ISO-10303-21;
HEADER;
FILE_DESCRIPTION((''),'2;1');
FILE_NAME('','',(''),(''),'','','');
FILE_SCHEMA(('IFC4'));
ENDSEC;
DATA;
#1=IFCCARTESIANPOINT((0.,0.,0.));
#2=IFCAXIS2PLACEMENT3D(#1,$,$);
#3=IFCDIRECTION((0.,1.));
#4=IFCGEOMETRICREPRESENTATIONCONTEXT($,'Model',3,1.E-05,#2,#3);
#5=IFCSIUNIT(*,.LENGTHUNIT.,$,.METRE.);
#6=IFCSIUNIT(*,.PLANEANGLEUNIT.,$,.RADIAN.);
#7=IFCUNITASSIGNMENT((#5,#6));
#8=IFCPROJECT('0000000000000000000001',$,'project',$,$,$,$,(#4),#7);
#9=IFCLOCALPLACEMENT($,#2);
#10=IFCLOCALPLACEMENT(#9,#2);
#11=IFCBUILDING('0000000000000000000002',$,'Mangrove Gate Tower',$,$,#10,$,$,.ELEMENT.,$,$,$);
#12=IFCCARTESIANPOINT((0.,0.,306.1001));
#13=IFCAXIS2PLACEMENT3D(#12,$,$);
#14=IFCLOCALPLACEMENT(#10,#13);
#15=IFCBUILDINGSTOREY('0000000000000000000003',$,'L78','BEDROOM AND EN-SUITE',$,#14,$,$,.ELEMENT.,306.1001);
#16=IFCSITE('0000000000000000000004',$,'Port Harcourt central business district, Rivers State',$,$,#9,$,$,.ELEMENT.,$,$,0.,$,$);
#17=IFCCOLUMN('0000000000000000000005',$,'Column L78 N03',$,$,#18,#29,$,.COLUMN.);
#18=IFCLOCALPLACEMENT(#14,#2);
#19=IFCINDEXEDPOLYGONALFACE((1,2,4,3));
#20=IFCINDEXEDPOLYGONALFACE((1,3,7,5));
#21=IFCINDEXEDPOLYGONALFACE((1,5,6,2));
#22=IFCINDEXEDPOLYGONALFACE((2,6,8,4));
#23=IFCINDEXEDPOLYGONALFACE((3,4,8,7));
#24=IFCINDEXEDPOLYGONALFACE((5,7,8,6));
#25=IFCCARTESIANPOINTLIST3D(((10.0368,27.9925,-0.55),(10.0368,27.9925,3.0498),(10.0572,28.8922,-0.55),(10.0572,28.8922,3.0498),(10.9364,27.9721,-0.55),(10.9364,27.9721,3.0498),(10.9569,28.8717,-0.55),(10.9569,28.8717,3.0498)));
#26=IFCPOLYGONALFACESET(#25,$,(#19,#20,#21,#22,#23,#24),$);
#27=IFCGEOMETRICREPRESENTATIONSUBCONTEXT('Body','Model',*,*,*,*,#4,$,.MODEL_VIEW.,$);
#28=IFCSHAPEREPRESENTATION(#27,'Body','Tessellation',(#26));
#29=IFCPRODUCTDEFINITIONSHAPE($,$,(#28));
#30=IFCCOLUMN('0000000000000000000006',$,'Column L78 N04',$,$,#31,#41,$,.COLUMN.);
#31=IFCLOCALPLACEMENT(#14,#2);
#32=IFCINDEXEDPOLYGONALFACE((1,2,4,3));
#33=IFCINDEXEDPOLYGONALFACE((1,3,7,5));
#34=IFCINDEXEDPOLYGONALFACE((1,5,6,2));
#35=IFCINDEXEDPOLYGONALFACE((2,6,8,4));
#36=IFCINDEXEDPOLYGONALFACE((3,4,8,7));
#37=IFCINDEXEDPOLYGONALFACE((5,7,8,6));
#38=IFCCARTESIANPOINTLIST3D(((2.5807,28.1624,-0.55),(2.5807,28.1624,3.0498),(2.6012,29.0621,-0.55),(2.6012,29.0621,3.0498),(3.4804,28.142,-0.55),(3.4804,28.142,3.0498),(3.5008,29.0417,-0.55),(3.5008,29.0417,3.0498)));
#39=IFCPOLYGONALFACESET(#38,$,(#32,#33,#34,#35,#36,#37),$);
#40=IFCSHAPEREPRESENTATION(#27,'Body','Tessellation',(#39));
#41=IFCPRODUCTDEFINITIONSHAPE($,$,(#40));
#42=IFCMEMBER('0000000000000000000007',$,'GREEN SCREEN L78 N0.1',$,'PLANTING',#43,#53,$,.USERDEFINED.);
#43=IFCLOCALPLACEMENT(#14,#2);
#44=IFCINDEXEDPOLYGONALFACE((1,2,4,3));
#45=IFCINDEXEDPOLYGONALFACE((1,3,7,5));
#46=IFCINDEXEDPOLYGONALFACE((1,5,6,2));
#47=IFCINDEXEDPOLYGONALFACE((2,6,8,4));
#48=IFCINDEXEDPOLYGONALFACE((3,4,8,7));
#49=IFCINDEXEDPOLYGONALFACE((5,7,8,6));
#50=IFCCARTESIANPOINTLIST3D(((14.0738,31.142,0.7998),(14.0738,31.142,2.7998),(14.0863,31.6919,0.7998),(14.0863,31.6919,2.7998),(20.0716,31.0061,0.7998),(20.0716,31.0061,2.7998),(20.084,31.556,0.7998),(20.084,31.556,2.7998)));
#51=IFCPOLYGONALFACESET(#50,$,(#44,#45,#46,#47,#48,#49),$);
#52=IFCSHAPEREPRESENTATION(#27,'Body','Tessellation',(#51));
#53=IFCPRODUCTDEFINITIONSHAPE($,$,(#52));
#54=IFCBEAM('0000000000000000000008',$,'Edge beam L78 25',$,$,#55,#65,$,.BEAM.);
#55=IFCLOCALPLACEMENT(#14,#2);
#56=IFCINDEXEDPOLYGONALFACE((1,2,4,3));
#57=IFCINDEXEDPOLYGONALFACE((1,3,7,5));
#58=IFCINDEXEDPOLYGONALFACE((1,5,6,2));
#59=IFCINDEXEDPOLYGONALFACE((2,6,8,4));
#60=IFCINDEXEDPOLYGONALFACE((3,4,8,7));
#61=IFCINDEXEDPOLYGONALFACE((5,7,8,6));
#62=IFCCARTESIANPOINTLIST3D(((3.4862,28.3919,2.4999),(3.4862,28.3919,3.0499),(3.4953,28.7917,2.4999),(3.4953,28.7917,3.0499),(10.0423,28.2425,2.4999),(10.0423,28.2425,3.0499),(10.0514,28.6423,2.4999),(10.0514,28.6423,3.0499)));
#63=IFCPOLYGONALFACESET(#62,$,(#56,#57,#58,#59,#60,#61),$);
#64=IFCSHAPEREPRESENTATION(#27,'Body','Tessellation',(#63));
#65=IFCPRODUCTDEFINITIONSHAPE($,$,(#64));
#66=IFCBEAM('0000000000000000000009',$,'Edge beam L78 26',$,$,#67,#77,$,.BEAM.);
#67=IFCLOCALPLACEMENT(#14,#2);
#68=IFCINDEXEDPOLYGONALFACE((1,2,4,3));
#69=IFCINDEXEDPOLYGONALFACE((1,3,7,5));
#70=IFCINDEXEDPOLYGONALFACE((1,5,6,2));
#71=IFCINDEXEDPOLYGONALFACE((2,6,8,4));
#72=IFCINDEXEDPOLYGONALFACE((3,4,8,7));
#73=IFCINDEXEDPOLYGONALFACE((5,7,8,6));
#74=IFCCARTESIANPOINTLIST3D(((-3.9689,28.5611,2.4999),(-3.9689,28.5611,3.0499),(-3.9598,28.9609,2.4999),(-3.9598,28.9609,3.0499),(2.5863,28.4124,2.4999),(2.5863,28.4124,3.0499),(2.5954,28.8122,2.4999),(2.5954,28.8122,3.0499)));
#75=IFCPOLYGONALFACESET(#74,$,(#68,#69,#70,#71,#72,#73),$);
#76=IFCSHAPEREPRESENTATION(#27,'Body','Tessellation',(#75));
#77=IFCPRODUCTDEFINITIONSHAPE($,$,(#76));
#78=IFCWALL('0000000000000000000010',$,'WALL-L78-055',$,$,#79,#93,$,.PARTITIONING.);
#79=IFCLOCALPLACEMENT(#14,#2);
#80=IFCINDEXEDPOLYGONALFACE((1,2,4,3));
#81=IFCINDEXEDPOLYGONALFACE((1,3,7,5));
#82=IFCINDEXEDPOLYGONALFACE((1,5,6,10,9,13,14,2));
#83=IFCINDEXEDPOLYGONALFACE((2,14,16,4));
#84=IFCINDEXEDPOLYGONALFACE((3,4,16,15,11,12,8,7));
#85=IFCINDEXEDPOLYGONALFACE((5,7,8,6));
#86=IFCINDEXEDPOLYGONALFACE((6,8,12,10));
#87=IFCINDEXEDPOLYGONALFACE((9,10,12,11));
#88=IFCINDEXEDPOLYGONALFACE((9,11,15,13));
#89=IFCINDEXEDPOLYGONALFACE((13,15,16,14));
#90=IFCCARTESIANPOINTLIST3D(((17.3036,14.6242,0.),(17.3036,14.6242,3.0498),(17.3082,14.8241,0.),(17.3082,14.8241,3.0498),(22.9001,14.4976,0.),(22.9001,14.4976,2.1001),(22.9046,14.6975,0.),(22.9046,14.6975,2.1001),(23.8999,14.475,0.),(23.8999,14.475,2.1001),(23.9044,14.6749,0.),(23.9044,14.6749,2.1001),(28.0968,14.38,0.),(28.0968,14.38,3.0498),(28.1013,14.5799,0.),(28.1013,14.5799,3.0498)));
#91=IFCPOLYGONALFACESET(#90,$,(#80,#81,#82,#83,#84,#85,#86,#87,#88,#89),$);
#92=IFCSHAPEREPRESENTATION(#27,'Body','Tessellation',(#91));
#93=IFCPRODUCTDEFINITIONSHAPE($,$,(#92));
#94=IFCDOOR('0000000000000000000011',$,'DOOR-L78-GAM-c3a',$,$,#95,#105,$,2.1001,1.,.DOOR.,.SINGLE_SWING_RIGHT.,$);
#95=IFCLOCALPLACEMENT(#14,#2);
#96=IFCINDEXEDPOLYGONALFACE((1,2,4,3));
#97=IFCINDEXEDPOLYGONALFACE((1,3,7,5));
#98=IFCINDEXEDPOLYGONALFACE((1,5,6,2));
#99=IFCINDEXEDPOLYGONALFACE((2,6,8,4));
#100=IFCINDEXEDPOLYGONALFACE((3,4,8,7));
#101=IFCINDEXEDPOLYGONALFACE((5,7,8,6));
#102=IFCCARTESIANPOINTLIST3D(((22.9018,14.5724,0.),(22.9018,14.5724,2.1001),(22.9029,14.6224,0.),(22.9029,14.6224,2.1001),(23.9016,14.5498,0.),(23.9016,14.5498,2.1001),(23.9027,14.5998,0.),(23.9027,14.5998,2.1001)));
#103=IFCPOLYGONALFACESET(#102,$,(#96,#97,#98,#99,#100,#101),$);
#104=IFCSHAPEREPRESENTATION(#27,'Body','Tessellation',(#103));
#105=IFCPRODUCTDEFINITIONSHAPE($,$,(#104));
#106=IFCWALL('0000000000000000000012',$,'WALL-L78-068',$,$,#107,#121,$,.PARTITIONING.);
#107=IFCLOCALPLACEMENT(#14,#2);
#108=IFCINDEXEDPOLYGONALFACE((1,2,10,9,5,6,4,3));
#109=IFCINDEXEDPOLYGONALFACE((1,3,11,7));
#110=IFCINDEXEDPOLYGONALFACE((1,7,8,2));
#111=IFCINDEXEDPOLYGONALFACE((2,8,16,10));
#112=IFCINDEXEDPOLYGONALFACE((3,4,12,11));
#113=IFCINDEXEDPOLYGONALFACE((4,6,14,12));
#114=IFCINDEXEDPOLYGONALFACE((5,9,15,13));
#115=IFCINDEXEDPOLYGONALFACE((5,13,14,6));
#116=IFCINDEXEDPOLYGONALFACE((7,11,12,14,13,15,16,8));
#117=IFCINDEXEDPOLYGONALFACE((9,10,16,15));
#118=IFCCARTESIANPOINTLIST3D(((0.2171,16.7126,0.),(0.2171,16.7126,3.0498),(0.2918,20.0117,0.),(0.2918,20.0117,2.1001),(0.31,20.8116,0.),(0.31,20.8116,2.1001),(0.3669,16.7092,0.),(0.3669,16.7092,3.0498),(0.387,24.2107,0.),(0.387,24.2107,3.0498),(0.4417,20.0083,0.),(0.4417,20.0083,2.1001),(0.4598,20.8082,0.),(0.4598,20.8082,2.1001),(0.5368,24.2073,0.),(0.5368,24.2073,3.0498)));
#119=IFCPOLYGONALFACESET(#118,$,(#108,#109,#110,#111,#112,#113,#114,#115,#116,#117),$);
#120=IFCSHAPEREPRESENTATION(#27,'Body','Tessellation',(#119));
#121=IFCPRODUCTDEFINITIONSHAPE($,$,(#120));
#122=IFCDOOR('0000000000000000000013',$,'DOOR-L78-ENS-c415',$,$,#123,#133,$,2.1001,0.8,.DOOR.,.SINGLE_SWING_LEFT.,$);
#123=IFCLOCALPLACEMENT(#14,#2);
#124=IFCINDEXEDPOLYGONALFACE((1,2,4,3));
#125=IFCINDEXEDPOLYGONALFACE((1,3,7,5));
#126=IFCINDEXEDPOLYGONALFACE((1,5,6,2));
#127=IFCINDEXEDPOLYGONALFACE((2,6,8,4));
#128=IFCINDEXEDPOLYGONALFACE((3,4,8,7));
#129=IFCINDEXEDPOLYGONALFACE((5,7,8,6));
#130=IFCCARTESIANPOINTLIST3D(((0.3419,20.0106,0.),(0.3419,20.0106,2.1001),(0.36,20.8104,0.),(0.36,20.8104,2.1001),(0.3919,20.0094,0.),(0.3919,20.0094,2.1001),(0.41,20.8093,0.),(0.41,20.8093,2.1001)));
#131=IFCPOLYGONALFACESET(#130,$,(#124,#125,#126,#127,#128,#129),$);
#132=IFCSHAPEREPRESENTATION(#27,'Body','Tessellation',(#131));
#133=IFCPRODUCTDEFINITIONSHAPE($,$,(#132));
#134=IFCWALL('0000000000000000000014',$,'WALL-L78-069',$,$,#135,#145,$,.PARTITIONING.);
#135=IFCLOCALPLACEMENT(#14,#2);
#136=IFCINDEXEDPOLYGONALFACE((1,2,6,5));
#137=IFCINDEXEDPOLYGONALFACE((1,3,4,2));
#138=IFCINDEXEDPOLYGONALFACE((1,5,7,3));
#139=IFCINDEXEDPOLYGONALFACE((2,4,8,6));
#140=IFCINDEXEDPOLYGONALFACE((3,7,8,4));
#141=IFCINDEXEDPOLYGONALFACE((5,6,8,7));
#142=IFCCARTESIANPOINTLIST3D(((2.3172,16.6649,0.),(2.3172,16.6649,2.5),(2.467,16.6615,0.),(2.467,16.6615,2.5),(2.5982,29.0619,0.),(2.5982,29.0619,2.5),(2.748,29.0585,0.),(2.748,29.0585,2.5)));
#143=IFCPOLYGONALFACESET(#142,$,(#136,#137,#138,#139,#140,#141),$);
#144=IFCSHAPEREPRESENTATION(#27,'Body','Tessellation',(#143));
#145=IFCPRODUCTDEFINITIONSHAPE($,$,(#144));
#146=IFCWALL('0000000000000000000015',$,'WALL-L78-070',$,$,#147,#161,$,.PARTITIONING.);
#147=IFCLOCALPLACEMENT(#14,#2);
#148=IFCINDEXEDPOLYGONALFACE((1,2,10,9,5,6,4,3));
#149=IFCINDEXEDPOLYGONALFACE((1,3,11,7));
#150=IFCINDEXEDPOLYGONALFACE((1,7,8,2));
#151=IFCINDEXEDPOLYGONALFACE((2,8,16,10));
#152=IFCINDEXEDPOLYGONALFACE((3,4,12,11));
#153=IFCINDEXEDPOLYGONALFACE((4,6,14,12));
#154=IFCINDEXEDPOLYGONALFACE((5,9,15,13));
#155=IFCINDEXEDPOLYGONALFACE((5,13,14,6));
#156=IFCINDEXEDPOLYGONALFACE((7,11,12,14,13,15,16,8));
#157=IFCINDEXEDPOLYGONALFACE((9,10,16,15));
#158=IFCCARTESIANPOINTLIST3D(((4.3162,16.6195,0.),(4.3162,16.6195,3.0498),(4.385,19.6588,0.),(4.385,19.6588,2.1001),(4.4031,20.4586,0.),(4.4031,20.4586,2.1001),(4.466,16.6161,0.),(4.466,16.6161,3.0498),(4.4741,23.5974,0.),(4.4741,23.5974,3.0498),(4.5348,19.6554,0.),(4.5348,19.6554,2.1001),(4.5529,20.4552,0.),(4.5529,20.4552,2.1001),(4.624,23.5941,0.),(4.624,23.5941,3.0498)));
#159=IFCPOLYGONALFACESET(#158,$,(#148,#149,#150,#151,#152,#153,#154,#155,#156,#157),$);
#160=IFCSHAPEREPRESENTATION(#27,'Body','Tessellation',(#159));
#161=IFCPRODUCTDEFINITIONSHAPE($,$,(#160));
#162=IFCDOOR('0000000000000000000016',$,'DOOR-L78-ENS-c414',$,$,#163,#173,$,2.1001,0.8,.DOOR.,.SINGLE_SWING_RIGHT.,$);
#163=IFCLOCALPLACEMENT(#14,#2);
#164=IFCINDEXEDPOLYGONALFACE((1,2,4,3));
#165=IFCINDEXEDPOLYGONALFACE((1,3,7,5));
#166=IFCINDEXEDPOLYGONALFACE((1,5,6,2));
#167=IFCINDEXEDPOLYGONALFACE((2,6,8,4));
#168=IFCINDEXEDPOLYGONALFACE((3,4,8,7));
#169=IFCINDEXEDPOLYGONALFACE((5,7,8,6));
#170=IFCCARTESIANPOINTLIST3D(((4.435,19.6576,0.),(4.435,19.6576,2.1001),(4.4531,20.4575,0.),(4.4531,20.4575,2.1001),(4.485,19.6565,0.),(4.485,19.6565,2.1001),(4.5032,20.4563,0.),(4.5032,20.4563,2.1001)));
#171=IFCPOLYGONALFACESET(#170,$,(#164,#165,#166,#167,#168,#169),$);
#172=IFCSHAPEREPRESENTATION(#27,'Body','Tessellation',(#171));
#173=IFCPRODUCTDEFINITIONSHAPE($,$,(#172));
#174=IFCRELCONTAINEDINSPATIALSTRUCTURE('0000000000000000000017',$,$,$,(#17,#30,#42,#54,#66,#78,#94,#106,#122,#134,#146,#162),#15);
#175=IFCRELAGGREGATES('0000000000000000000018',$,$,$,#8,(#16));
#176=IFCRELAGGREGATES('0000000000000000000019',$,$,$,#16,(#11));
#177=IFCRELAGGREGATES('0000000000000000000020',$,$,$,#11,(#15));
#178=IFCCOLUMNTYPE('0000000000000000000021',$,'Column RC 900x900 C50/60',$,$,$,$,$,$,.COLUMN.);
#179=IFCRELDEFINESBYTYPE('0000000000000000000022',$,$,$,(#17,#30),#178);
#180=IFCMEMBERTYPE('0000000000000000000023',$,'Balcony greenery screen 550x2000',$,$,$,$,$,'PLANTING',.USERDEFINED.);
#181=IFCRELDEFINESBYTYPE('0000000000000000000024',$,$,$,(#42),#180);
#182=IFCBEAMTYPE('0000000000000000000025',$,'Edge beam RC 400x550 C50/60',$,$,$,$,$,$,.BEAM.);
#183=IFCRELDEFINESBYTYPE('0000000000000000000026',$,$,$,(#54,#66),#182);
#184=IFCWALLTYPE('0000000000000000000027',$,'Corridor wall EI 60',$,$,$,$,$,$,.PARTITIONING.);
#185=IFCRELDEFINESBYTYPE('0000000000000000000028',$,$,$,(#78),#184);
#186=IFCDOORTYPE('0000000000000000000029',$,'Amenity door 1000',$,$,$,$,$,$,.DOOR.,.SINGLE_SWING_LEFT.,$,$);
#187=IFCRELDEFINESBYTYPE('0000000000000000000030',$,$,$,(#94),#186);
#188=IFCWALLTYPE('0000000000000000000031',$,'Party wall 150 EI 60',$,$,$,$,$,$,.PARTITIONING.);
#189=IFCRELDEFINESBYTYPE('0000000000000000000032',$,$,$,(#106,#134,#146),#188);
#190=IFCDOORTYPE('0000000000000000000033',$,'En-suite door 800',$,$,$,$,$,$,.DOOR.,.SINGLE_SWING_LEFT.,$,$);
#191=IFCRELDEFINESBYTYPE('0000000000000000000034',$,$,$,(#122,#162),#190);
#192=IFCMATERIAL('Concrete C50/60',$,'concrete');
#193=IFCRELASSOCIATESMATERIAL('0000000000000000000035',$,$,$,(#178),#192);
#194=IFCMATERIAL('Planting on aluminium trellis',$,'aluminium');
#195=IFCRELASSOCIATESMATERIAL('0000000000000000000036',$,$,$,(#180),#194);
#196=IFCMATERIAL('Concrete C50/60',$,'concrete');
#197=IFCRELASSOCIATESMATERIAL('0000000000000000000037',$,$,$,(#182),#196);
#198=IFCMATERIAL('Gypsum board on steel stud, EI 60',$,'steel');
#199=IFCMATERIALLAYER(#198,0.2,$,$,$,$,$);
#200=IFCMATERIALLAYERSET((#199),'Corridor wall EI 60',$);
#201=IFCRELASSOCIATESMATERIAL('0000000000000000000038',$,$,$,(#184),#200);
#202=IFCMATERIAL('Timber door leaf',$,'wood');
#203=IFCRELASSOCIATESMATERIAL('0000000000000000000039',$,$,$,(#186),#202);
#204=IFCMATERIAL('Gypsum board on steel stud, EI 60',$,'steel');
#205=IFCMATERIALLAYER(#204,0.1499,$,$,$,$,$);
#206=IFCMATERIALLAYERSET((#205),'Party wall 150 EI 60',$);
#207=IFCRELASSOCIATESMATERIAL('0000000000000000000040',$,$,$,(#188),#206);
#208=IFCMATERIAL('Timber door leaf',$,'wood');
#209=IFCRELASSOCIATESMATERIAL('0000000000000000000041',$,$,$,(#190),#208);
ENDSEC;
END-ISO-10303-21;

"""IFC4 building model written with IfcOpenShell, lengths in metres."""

from ifc_helpers import new_model, si_unit, direction, frame, frame_2d, origin, origin_2d, place, context, subcontext, project, spatial, rectangle, extrude, material, layer, layer_set, material_profile, profile_set, type_object, element, fill, save


model = new_model("IFC4")

# Units and contexts
model_context = context("Model", 3, precision=1e-05, world=origin(), true_north=direction((0.0, 1.0)))
body_context = subcontext(model_context, "Body", "Model", "MODEL_VIEW")
ifc_project = project(units=[si_unit("LENGTHUNIT", "METRE"), si_unit("PLANEANGLEUNIT", "RADIAN")], contexts=[model_context])

# Site, building, storey
site_placement = place(None, origin())
site = spatial("IfcSite", under=ifc_project, at=site_placement, Name="Port Harcourt central business district, Rivers State", CompositionType="ELEMENT", RefElevation=0.0)
building_placement = place(site_placement, origin())
building = spatial("IfcBuilding", under=site, at=building_placement, Name="Mangrove Gate Tower", CompositionType="ELEMENT")
storey_placement = place(building_placement, frame((0.0, 0.0, 306.1001)))
storey = spatial("IfcBuildingStorey", under=building, at=storey_placement, Name="L78", Description="BEDROOM AND EN-SUITE", CompositionType="ELEMENT", Elevation=306.1001)

# Columns
ifc_material_1 = material(Name="Concrete C50/60", Category="concrete")
ifc_material_profile_1 = material_profile(ifc_material_1, rectangle(XDim=0.8999, YDim=0.8999, at=origin_2d()))
ifc_profile_set_1 = profile_set([ifc_material_profile_1], Name="Concrete C50/60")
column_type = type_object("IfcColumnType", Name="Column RC 900x900 C50/60", PredefinedType="COLUMN", material=ifc_profile_set_1)
for number, where, z_axis, x_axis, name in (
    (1, (10.4968, 28.4321, -0.55), (0.0, 0.0, 1.0), (-0.999742, 0.022729, 0.0), "Column L78 N03"),
    (2, (3.0408, 28.6021, -0.55), (0.0, 0.0, 1.0), (-0.999742, 0.022729, 0.0), "Column L78 N04"),
):
    element("IfcColumn", number, at=place(storey_placement, frame(where, z_axis=z_axis, x_axis=x_axis)), inside=storey, type_object=column_type, Name=name, PredefinedType="COLUMN", context=body_context, shape_type="SweptSolid", body=[
        extrude(rectangle(XDim=0.8999, YDim=0.8999, at=origin_2d()), origin(), (0.0, 0.0, 1.0), 3.5999),
    ])

# Member
ifc_material_2 = material(Name="Planting on aluminium trellis", Category="aluminium")
ifc_material_profile_2 = material_profile(ifc_material_2, rectangle(XDim=0.55, YDim=2.0, at=origin_2d()))
ifc_profile_set_2 = profile_set([ifc_material_profile_2], Name="Planting on aluminium trellis")
member_type = type_object("IfcMemberType", Name="Balcony greenery screen 550x2000", ElementType="PLANTING", PredefinedType="USERDEFINED", material=ifc_profile_set_2)
member_placement = place(storey_placement, frame((14.0801, 31.417, 1.7998), z_axis=(0.999743, -0.022667, 0.0), x_axis=(0.022667, 0.999743, 0.0)))
element("IfcMember", 3, at=member_placement, inside=storey, type_object=member_type, Name="GREEN SCREEN L78 N0.1", ObjectType="PLANTING", PredefinedType="USERDEFINED", context=body_context, shape_type="SweptSolid", body=[
    extrude(rectangle(XDim=0.55, YDim=2.0, at=origin_2d()), origin(), (0.0, 0.0, 1.0), 5.9993),
])

# Beams
ifc_material_3 = material(Name="Concrete C50/60", Category="concrete")
ifc_material_profile_3 = material_profile(ifc_material_3, rectangle(XDim=0.3999, YDim=0.55, at=origin_2d()))
ifc_profile_set_3 = profile_set([ifc_material_profile_3], Name="Concrete C50/60")
beam_type = type_object("IfcBeamType", Name="Edge beam RC 400x550 C50/60", PredefinedType="BEAM", material=ifc_profile_set_3)
beam_1_placement = place(storey_placement, frame((10.0469, 28.4424, 2.7749), z_axis=(-0.99974, 0.022784, 0.0), x_axis=(-0.022784, -0.99974, 0.0)))
element("IfcBeam", 4, at=beam_1_placement, inside=storey, type_object=beam_type, Name="Edge beam L78 25", PredefinedType="BEAM", context=body_context, shape_type="SweptSolid", body=[
    extrude(rectangle(XDim=0.3999, YDim=0.55, at=origin_2d()), origin(), (0.0, 0.0, 1.0), 6.5579),
])
beam_2_placement = place(storey_placement, frame((2.5908, 28.6123, 2.7749), z_axis=(-0.999743, 0.022676, 0.0), x_axis=(-0.022676, -0.999743, 0.0)))
element("IfcBeam", 5, at=beam_2_placement, inside=storey, type_object=beam_type, Name="Edge beam L78 26", PredefinedType="BEAM", context=body_context, shape_type="SweptSolid", body=[
    extrude(rectangle(XDim=0.3999, YDim=0.55, at=origin_2d()), origin(), (0.0, 0.0, 1.0), 6.5569),
])

# Walls, openings, doors
ifc_material_4 = material(Name="Gypsum board on steel stud, EI 60", Category="steel")
ifc_layer_1 = layer(ifc_material_4, 0.2)
ifc_layer_set_1 = layer_set([ifc_layer_1], Name="Corridor wall EI 60")
wall_type_1 = type_object("IfcWallType", Name="Corridor wall EI 60", PredefinedType="PARTITIONING", material=ifc_layer_set_1)
wall_1_placement = place(storey_placement, frame((17.3059, 14.7241, 0.0), z_axis=(0.0, 0.0, 1.0), x_axis=(0.999744, -0.022614, 0.0)))
wall_1 = element("IfcWall", 6, at=wall_1_placement, inside=storey, type_object=wall_type_1, Name="WALL-L78-055", PredefinedType="PARTITIONING", context=body_context, shape_type="SweptSolid", body=[
    extrude(rectangle(XDim=10.7959, YDim=0.2, at=frame_2d((5.3979, 0.0))), origin(), (0.0, 0.0, 1.0), 3.0498),
])
opening_1_placement = place(wall_1_placement, frame((5.5979, 0.0, 0.0)))
opening_1 = element("IfcOpeningElement", 7, at=opening_1_placement, cuts=wall_1, PredefinedType="OPENING", context=body_context, shape_type="SweptSolid", body=[
    extrude(rectangle(XDim=1.0, YDim=2.1001, at=frame_2d((0.5, 1.05))), frame((0.0, 0.1099, 0.0), z_axis=(0.0, -1.0, 0.0), x_axis=(1.0, 0.0, 0.0)), (0.0, 0.0, 1.0), 0.22),
])
ifc_material_5 = material(Name="Timber door leaf", Category="wood")
door_type_1 = type_object("IfcDoorType", Name="Amenity door 1000", OperationType="SINGLE_SWING_LEFT", PredefinedType="DOOR", material=ifc_material_5)
door_1_placement = place(opening_1_placement, origin())
door_1 = element("IfcDoor", 8, at=door_1_placement, inside=storey, type_object=door_type_1, Name="DOOR-L78-GAM-c3a", OperationType="SINGLE_SWING_RIGHT", OverallHeight=2.1001, OverallWidth=1.0, PredefinedType="DOOR", context=body_context, shape_type="SweptSolid", body=[
    extrude(rectangle(XDim=1.0, YDim=2.1001, at=frame_2d((0.5, 1.05))), frame((0.0, 0.0249, 0.0), z_axis=(0.0, -1.0, 0.0), x_axis=(1.0, 0.0, 0.0)), (0.0, 0.0, 1.0), 0.05),
])
fill(opening_1, door_1)
ifc_material_6 = material(Name="Gypsum board on steel stud, EI 60", Category="steel")
ifc_layer_2 = layer(ifc_material_6, 0.1499)
ifc_layer_set_2 = layer_set([ifc_layer_2], Name="Party wall 150 EI 60")
wall_type_2 = type_object("IfcWallType", Name="Party wall 150 EI 60", PredefinedType="PARTITIONING", material=ifc_layer_set_2)
wall_2_placement = place(storey_placement, frame((0.292, 16.7109, 0.0), z_axis=(0.0, 0.0, 1.0), x_axis=(0.022656, 0.999743, 0.0)))
wall_2 = element("IfcWall", 9, at=wall_2_placement, inside=storey, type_object=wall_type_2, Name="WALL-L78-068", PredefinedType="PARTITIONING", context=body_context, shape_type="SweptSolid", body=[
    extrude(rectangle(XDim=7.5, YDim=0.1499, at=frame_2d((3.75, 0.0))), origin(), (0.0, 0.0, 1.0), 3.0498),
])
opening_2_placement = place(wall_2_placement, frame((3.3, 0.0, 0.0)))
opening_2 = element("IfcOpeningElement", 10, at=opening_2_placement, cuts=wall_2, PredefinedType="OPENING", context=body_context, shape_type="SweptSolid", body=[
    extrude(rectangle(XDim=0.8, YDim=2.1001, at=frame_2d((0.3999, 1.05))), frame((0.0, 0.085, 0.0), z_axis=(0.0, -1.0, 0.0), x_axis=(1.0, 0.0, 0.0)), (0.0, 0.0, 1.0), 0.1699),
])
ifc_material_7 = material(Name="Timber door leaf", Category="wood")
door_type_2 = type_object("IfcDoorType", Name="En-suite door 800", OperationType="SINGLE_SWING_LEFT", PredefinedType="DOOR", material=ifc_material_7)
door_2_placement = place(opening_2_placement, origin())
door_2 = element("IfcDoor", 11, at=door_2_placement, inside=storey, type_object=door_type_2, Name="DOOR-L78-ENS-c415", OperationType="SINGLE_SWING_LEFT", OverallHeight=2.1001, OverallWidth=0.8, PredefinedType="DOOR", context=body_context, shape_type="SweptSolid", body=[
    extrude(rectangle(XDim=0.8, YDim=2.1001, at=frame_2d((0.3999, 1.05))), frame((0.0, 0.0249, 0.0), z_axis=(0.0, -1.0, 0.0), x_axis=(1.0, 0.0, 0.0)), (0.0, 0.0, 1.0), 0.05),
])
fill(opening_2, door_2)

# Wall
wall_3_placement = place(storey_placement, frame((2.3921, 16.6631, 0.0), z_axis=(0.0, 0.0, 1.0), x_axis=(0.022661, 0.999743, 0.0)))
element("IfcWall", 12, at=wall_3_placement, inside=storey, type_object=wall_type_2, Name="WALL-L78-069", PredefinedType="PARTITIONING", context=body_context, shape_type="SweptSolid", body=[
    extrude(rectangle(XDim=12.4001, YDim=0.1499, at=frame_2d((6.2002, 0.0))), origin(), (0.0, 0.0, 1.0), 2.5),
])

# Wall, opening, door
wall_4_placement = place(storey_placement, frame((4.3911, 16.6179, 0.0), z_axis=(0.0, 0.0, 1.0), x_axis=(0.022631, 0.999744, 0.0)))
wall_4 = element("IfcWall", 13, at=wall_4_placement, inside=storey, type_object=wall_type_2, Name="WALL-L78-070", PredefinedType="PARTITIONING", context=body_context, shape_type="SweptSolid", body=[
    extrude(rectangle(XDim=6.9797, YDim=0.1499, at=frame_2d((3.4897, 0.0))), origin(), (0.0, 0.0, 1.0), 3.0498),
])
opening_3_placement = place(wall_4_placement, frame((3.04, 0.0, 0.0)))
opening_3 = element("IfcOpeningElement", 14, at=opening_3_placement, cuts=wall_4, PredefinedType="OPENING", context=body_context, shape_type="SweptSolid", body=[
    extrude(rectangle(XDim=0.8, YDim=2.1001, at=frame_2d((0.3999, 1.05))), frame((0.0, 0.085, 0.0), z_axis=(0.0, -1.0, 0.0), x_axis=(1.0, 0.0, 0.0)), (0.0, 0.0, 1.0), 0.1699),
])
door_3_placement = place(opening_3_placement, origin())
door_3 = element("IfcDoor", 15, at=door_3_placement, inside=storey, type_object=door_type_2, Name="DOOR-L78-ENS-c414", OperationType="SINGLE_SWING_RIGHT", OverallHeight=2.1001, OverallWidth=0.8, PredefinedType="DOOR", context=body_context, shape_type="SweptSolid", body=[
    extrude(rectangle(XDim=0.8, YDim=2.1001, at=frame_2d((0.3999, 1.05))), frame((0.0, 0.0249, 0.0), z_axis=(0.0, -1.0, 0.0), x_axis=(1.0, 0.0, 0.0)), (0.0, 0.0, 1.0), 0.05),
])
fill(opening_3, door_3)

save(model, "model.ifc")
